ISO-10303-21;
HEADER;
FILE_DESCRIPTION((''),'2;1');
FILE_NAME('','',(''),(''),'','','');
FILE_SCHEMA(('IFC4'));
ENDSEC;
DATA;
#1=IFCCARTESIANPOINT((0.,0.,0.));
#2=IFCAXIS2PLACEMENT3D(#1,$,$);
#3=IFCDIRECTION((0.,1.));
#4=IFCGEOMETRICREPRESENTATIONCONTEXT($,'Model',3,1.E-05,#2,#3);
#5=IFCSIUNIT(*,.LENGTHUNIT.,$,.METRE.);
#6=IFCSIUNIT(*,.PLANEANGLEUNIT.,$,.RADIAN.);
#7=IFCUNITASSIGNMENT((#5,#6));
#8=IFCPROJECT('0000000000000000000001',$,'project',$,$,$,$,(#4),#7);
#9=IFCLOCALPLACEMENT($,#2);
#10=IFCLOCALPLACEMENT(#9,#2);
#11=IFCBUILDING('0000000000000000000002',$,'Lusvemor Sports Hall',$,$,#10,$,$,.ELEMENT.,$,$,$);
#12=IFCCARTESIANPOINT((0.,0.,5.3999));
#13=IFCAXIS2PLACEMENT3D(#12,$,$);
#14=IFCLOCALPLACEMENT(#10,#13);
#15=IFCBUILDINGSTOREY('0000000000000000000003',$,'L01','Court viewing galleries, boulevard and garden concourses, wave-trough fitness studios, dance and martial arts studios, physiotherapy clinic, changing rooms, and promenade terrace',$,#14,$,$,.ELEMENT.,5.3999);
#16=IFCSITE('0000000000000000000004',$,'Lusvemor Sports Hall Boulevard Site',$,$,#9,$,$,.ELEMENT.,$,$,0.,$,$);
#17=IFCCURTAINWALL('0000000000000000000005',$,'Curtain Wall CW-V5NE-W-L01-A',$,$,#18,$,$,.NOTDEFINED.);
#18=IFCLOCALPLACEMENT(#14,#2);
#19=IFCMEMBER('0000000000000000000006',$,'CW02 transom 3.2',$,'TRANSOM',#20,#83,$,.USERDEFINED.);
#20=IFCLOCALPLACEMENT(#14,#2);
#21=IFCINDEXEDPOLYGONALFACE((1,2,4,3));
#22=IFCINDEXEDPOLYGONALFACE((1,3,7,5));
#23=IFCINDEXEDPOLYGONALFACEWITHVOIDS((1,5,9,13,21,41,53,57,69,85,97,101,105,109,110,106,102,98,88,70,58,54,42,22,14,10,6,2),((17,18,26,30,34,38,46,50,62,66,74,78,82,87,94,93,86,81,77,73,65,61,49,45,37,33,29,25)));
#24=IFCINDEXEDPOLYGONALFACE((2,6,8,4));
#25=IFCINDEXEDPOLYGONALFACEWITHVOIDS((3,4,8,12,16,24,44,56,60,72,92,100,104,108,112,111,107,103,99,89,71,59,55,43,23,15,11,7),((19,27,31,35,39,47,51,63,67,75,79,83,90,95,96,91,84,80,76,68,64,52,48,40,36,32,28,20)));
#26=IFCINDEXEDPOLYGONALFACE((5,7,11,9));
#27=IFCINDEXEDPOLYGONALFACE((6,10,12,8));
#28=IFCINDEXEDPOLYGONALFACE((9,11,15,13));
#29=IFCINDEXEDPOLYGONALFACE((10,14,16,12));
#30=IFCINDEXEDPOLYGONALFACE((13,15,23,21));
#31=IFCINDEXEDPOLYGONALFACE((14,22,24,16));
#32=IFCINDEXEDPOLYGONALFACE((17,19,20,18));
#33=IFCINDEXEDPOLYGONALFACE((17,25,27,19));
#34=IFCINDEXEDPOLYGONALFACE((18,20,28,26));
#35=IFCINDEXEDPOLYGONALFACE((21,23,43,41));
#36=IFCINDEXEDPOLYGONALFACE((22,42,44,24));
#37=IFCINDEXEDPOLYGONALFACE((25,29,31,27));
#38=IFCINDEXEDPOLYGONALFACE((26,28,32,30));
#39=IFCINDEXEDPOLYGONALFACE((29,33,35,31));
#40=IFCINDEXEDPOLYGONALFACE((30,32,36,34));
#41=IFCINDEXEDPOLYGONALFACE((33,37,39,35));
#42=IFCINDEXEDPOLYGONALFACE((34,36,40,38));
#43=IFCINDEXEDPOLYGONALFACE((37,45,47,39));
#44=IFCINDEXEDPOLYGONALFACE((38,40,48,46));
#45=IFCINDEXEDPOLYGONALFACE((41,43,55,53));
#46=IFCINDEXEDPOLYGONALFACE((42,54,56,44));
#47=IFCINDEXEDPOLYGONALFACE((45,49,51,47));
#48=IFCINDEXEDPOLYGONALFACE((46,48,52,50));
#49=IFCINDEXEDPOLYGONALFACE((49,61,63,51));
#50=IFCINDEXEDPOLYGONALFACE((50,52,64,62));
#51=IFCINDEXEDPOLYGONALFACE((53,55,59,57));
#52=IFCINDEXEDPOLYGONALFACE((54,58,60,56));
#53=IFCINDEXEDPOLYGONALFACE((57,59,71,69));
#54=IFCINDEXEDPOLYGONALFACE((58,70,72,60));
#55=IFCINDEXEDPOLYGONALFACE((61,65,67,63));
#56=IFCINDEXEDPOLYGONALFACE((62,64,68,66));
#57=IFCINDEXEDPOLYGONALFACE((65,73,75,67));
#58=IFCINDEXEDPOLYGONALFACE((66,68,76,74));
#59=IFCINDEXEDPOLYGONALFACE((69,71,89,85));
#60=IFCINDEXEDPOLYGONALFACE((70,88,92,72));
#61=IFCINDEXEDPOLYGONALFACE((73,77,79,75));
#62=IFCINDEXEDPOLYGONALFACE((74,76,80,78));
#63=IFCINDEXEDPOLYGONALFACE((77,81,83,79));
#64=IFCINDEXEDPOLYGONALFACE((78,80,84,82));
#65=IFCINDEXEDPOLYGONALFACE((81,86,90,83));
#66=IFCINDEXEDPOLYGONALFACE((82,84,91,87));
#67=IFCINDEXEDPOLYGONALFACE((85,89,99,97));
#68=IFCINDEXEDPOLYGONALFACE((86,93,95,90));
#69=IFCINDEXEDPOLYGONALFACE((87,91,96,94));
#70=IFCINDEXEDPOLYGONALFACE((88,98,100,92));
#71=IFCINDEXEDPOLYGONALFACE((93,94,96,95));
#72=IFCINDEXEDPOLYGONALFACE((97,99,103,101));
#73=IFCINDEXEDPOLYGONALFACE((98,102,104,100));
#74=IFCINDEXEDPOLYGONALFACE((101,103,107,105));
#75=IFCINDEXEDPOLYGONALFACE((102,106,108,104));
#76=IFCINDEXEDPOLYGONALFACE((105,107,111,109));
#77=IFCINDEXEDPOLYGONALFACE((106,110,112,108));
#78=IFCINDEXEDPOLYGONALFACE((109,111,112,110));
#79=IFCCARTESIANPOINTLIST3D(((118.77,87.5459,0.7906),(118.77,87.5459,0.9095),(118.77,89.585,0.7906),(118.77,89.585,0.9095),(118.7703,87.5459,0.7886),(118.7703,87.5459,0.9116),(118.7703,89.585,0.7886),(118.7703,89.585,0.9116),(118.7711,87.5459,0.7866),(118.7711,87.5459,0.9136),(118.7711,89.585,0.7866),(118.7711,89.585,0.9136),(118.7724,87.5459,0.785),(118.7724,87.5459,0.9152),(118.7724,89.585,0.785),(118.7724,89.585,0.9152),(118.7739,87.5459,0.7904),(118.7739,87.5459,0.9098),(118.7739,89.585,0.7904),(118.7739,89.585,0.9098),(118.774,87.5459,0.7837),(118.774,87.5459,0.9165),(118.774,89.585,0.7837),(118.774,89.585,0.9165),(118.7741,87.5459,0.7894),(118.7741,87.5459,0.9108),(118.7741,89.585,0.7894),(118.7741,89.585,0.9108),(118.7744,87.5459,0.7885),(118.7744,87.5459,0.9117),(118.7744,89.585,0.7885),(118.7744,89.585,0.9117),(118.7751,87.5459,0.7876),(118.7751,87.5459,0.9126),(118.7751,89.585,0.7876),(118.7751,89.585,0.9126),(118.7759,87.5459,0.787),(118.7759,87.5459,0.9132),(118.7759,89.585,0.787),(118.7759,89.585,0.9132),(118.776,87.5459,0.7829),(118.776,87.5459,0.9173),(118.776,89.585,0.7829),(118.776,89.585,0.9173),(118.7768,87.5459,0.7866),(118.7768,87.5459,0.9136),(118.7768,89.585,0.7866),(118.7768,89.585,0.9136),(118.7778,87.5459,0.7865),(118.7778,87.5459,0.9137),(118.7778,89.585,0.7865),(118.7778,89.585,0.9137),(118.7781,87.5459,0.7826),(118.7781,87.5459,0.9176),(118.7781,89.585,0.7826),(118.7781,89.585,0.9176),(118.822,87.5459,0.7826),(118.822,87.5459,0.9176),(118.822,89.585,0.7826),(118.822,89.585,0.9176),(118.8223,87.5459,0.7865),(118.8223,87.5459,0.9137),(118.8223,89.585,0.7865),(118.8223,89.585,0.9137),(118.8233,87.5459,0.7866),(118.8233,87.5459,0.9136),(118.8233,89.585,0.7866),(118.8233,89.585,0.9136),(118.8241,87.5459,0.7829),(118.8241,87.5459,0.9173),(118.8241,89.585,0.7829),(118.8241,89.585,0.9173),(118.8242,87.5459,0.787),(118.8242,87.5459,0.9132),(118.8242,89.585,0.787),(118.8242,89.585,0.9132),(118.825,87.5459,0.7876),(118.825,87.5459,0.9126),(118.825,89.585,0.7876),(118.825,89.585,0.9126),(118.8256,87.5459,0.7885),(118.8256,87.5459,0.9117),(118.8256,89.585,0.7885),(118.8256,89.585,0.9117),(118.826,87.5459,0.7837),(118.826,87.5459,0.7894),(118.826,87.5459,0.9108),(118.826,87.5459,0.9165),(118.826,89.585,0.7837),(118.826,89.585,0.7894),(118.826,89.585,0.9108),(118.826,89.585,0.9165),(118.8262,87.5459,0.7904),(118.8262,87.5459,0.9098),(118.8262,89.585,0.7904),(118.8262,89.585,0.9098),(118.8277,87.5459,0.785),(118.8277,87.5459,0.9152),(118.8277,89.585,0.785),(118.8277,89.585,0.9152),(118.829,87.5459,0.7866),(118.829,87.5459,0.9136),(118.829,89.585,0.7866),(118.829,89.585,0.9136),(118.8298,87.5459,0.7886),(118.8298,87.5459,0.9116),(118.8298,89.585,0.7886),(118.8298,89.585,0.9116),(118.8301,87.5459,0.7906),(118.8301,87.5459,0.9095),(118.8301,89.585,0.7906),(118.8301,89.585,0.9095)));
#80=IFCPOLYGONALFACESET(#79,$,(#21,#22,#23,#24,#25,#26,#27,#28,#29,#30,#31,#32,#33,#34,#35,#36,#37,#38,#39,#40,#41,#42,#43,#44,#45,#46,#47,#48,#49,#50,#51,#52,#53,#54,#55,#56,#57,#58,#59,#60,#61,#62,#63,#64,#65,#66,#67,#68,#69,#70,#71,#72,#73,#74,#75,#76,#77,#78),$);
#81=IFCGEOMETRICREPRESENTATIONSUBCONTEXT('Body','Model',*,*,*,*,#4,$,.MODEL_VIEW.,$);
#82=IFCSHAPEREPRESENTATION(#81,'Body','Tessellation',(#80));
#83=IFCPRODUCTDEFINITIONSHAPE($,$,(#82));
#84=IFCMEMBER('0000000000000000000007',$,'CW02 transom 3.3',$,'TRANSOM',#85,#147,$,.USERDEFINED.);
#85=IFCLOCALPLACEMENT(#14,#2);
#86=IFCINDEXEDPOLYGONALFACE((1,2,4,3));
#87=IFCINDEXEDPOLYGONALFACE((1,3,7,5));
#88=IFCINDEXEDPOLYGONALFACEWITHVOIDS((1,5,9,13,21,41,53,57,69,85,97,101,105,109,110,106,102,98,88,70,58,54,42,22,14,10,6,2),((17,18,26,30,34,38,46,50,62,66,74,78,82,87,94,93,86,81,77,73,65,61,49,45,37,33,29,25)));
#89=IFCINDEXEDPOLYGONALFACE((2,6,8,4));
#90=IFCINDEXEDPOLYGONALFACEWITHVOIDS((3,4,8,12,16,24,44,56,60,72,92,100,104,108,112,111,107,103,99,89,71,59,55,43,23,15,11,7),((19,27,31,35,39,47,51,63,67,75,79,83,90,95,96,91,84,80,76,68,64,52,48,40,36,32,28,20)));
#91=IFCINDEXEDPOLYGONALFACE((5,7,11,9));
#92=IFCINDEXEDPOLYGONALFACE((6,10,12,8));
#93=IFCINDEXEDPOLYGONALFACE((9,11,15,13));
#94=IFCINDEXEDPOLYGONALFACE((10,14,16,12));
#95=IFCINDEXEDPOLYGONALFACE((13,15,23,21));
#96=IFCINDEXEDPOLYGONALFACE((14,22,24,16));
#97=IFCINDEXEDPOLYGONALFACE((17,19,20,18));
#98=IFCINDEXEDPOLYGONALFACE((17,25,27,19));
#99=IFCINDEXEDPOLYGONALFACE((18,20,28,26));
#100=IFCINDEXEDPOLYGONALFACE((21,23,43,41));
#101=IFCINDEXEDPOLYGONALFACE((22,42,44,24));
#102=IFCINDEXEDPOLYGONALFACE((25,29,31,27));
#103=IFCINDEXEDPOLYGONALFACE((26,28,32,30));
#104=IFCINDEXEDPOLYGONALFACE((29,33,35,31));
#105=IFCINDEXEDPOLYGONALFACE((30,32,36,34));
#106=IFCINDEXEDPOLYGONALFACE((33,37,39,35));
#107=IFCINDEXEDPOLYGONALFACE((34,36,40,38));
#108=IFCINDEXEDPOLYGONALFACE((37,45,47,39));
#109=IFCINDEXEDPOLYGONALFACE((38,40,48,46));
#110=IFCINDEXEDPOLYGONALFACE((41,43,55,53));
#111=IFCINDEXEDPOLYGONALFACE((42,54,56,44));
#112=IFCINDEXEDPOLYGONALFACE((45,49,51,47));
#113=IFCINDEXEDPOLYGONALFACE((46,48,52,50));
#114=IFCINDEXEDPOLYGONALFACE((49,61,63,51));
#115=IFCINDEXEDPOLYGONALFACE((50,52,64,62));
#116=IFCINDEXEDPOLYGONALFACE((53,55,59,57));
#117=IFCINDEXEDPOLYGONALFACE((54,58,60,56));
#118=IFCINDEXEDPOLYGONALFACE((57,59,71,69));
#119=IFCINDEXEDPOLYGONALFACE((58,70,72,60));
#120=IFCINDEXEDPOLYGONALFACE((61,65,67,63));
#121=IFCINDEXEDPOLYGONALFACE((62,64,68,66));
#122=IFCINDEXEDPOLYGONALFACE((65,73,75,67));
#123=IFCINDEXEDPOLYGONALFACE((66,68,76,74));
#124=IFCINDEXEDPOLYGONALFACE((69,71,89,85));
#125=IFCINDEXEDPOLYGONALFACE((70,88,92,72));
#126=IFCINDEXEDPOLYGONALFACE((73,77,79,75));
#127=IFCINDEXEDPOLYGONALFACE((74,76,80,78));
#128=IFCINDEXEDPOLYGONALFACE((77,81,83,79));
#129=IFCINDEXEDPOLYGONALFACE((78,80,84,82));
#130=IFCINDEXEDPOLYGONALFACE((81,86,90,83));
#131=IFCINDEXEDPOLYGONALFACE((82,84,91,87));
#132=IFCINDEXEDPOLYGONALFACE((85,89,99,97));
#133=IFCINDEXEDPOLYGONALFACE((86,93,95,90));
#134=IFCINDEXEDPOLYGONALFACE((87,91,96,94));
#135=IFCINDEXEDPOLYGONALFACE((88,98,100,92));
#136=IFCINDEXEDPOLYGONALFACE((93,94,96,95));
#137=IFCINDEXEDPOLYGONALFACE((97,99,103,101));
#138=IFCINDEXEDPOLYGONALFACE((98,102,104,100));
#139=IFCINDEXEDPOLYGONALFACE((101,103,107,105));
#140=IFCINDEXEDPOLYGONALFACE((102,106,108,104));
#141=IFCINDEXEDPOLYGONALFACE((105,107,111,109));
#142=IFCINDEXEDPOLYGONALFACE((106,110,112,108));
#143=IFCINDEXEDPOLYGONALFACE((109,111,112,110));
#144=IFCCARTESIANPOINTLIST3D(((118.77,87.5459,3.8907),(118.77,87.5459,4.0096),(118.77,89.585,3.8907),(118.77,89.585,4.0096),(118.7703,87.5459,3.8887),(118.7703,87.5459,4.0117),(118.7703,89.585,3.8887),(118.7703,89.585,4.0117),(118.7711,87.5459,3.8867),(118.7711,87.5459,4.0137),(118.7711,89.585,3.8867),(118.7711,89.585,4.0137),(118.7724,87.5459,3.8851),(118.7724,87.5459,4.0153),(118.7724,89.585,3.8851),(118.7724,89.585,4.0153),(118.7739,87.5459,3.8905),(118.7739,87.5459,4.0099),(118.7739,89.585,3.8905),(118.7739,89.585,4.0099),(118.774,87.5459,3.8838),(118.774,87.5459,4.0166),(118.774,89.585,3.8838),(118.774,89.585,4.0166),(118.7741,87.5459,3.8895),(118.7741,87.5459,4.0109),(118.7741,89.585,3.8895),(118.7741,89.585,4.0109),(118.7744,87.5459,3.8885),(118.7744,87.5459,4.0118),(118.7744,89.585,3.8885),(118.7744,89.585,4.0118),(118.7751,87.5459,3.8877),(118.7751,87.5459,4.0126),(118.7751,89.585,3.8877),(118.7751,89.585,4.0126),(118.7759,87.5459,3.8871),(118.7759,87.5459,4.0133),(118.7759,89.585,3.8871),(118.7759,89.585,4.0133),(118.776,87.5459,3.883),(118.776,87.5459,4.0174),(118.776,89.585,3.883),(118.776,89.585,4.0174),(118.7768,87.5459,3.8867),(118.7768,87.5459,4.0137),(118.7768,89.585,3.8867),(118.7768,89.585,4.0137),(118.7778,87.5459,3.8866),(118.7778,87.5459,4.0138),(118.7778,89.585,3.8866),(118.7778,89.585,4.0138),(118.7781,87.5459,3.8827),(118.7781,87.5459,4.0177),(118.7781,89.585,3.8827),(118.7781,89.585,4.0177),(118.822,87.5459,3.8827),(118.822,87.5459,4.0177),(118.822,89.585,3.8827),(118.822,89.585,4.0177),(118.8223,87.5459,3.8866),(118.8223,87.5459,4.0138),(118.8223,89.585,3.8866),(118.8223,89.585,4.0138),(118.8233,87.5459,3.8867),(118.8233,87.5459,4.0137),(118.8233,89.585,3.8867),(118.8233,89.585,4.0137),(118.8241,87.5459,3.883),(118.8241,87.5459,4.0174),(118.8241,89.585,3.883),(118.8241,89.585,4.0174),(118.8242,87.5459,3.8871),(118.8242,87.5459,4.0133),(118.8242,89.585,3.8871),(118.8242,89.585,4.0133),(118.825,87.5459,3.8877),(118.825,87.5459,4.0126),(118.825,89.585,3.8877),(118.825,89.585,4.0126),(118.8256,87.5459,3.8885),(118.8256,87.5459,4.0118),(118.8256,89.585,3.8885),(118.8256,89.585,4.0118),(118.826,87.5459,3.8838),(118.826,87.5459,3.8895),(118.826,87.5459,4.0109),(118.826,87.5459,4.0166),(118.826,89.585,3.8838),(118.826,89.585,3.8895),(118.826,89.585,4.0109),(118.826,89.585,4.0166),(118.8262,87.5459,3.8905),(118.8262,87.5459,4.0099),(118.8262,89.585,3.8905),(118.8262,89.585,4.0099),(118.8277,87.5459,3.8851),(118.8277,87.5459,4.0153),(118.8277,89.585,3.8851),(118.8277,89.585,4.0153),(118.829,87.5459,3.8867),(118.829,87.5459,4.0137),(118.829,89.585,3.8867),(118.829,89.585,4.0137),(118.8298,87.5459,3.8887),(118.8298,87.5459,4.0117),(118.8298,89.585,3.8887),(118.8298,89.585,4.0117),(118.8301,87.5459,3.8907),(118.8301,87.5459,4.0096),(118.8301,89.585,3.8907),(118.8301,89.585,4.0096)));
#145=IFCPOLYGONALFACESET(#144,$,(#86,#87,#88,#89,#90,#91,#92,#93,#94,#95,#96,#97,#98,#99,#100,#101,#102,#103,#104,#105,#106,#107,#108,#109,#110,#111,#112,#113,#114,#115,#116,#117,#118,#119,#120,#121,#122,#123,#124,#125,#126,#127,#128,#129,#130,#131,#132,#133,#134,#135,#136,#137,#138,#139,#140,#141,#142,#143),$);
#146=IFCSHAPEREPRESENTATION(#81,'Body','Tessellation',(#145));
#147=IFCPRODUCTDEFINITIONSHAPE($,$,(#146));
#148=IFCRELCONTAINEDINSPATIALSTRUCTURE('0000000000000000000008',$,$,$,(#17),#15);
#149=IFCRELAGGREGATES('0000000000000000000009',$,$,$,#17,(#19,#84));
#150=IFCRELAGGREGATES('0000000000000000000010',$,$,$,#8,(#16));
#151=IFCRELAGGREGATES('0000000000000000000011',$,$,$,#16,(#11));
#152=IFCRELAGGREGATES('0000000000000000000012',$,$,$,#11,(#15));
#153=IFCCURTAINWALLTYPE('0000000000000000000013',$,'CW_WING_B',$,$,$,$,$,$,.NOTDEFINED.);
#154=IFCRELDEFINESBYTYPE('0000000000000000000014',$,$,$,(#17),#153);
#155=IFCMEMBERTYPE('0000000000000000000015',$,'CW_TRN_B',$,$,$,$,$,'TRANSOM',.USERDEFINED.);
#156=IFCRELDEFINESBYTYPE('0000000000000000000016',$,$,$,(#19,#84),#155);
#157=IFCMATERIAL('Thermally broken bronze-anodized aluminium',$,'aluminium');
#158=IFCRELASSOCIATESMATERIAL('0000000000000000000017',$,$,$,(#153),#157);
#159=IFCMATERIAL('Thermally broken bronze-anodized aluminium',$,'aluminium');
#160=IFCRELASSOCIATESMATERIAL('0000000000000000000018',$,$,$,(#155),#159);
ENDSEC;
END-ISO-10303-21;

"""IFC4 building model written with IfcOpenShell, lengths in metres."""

from ifc_helpers import new_model, si_unit, direction, frame, origin, origin_2d, place, context, subcontext, project, spatial, hollow_rectangle, extrude, material, material_profile, profile_set, type_object, element, aggregate, save


model = new_model("IFC4")

# Units and contexts
model_context = context("Model", 3, precision=1e-05, world=origin(), true_north=direction((0.0, 1.0)))
body_context = subcontext(model_context, "Body", "Model", "MODEL_VIEW")
ifc_project = project(units=[si_unit("LENGTHUNIT", "METRE"), si_unit("PLANEANGLEUNIT", "RADIAN")], contexts=[model_context])

# Site, building, storey
site_placement = place(None, origin())
site = spatial("IfcSite", under=ifc_project, at=site_placement, Name="Lusvemor Sports Hall Boulevard Site", CompositionType="ELEMENT", RefElevation=0.0)
building_placement = place(site_placement, origin())
building = spatial("IfcBuilding", under=site, at=building_placement, Name="Lusvemor Sports Hall", CompositionType="ELEMENT")
storey_placement = place(building_placement, frame((0.0, 0.0, 5.3999)))
storey = spatial("IfcBuildingStorey", under=building, at=storey_placement, Name="L01", Description="Court viewing galleries, boulevard and garden concourses, wave-trough fitness studios, dance and martial arts studios, physiotherapy clinic, changing rooms, and promenade terrace", CompositionType="ELEMENT", Elevation=5.3999)

# Curtain wall
ifc_material_1 = material(Name="Thermally broken bronze-anodized aluminium", Category="aluminium")
curtain_wall_type = type_object("IfcCurtainWallType", Name="CW_WING_B", PredefinedType="NOTDEFINED", material=ifc_material_1)
curtain_wall_1_placement = place(storey_placement, origin())
curtain_wall_1 = element("IfcCurtainWall", 1, at=curtain_wall_1_placement, inside=storey, type_object=curtain_wall_type, Name="Curtain Wall CW-V5NE-W-L01-A", PredefinedType="NOTDEFINED")

# Members
ifc_material_2 = material(Name="Thermally broken bronze-anodized aluminium", Category="aluminium")
ifc_material_profile_1 = material_profile(ifc_material_2, hollow_rectangle(XDim=0.0601, YDim=0.135, WallThickness=0.0039, InnerFilletRadius=0.0039, OuterFilletRadius=0.0081, at=origin_2d()), Name="CWTRN135x60x4")
ifc_profile_set_1 = profile_set([ifc_material_profile_1], Name="Thermally broken bronze-anodized aluminium")
member_type_1 = type_object("IfcMemberType", Name="CW_TRN_B", ElementType="TRANSOM", PredefinedType="USERDEFINED", material=ifc_profile_set_1)
member_1_placement = place(storey_placement, frame((118.8, 87.5459, 0.8501), z_axis=(0.0, 1.0, 0.0), x_axis=(-1.0, 0.0, 0.0)))
member_1 = element("IfcMember", 2, at=member_1_placement, type_object=member_type_1, Name="CW02 transom 3.2", ObjectType="TRANSOM", PredefinedType="USERDEFINED", context=body_context, shape_type="SweptSolid", body=[
    extrude(hollow_rectangle(XDim=0.0601, YDim=0.135, WallThickness=0.0039, InnerFilletRadius=0.0039, OuterFilletRadius=0.0081, at=origin_2d()), origin(), (0.0, 0.0, 1.0), 2.0391),
])
member_2_placement = place(storey_placement, frame((118.8, 87.5459, 3.9502), z_axis=(0.0, 1.0, 0.0), x_axis=(-1.0, 0.0, 0.0)))
member_2 = element("IfcMember", 3, at=member_2_placement, type_object=member_type_1, Name="CW02 transom 3.3", ObjectType="TRANSOM", PredefinedType="USERDEFINED", context=body_context, shape_type="SweptSolid", body=[
    extrude(hollow_rectangle(XDim=0.0601, YDim=0.135, WallThickness=0.0039, InnerFilletRadius=0.0039, OuterFilletRadius=0.0081, at=origin_2d()), origin(), (0.0, 0.0, 1.0), 2.0391),
])

aggregate(curtain_wall_1, [member_1, member_2])

save(model, "model.ifc")
